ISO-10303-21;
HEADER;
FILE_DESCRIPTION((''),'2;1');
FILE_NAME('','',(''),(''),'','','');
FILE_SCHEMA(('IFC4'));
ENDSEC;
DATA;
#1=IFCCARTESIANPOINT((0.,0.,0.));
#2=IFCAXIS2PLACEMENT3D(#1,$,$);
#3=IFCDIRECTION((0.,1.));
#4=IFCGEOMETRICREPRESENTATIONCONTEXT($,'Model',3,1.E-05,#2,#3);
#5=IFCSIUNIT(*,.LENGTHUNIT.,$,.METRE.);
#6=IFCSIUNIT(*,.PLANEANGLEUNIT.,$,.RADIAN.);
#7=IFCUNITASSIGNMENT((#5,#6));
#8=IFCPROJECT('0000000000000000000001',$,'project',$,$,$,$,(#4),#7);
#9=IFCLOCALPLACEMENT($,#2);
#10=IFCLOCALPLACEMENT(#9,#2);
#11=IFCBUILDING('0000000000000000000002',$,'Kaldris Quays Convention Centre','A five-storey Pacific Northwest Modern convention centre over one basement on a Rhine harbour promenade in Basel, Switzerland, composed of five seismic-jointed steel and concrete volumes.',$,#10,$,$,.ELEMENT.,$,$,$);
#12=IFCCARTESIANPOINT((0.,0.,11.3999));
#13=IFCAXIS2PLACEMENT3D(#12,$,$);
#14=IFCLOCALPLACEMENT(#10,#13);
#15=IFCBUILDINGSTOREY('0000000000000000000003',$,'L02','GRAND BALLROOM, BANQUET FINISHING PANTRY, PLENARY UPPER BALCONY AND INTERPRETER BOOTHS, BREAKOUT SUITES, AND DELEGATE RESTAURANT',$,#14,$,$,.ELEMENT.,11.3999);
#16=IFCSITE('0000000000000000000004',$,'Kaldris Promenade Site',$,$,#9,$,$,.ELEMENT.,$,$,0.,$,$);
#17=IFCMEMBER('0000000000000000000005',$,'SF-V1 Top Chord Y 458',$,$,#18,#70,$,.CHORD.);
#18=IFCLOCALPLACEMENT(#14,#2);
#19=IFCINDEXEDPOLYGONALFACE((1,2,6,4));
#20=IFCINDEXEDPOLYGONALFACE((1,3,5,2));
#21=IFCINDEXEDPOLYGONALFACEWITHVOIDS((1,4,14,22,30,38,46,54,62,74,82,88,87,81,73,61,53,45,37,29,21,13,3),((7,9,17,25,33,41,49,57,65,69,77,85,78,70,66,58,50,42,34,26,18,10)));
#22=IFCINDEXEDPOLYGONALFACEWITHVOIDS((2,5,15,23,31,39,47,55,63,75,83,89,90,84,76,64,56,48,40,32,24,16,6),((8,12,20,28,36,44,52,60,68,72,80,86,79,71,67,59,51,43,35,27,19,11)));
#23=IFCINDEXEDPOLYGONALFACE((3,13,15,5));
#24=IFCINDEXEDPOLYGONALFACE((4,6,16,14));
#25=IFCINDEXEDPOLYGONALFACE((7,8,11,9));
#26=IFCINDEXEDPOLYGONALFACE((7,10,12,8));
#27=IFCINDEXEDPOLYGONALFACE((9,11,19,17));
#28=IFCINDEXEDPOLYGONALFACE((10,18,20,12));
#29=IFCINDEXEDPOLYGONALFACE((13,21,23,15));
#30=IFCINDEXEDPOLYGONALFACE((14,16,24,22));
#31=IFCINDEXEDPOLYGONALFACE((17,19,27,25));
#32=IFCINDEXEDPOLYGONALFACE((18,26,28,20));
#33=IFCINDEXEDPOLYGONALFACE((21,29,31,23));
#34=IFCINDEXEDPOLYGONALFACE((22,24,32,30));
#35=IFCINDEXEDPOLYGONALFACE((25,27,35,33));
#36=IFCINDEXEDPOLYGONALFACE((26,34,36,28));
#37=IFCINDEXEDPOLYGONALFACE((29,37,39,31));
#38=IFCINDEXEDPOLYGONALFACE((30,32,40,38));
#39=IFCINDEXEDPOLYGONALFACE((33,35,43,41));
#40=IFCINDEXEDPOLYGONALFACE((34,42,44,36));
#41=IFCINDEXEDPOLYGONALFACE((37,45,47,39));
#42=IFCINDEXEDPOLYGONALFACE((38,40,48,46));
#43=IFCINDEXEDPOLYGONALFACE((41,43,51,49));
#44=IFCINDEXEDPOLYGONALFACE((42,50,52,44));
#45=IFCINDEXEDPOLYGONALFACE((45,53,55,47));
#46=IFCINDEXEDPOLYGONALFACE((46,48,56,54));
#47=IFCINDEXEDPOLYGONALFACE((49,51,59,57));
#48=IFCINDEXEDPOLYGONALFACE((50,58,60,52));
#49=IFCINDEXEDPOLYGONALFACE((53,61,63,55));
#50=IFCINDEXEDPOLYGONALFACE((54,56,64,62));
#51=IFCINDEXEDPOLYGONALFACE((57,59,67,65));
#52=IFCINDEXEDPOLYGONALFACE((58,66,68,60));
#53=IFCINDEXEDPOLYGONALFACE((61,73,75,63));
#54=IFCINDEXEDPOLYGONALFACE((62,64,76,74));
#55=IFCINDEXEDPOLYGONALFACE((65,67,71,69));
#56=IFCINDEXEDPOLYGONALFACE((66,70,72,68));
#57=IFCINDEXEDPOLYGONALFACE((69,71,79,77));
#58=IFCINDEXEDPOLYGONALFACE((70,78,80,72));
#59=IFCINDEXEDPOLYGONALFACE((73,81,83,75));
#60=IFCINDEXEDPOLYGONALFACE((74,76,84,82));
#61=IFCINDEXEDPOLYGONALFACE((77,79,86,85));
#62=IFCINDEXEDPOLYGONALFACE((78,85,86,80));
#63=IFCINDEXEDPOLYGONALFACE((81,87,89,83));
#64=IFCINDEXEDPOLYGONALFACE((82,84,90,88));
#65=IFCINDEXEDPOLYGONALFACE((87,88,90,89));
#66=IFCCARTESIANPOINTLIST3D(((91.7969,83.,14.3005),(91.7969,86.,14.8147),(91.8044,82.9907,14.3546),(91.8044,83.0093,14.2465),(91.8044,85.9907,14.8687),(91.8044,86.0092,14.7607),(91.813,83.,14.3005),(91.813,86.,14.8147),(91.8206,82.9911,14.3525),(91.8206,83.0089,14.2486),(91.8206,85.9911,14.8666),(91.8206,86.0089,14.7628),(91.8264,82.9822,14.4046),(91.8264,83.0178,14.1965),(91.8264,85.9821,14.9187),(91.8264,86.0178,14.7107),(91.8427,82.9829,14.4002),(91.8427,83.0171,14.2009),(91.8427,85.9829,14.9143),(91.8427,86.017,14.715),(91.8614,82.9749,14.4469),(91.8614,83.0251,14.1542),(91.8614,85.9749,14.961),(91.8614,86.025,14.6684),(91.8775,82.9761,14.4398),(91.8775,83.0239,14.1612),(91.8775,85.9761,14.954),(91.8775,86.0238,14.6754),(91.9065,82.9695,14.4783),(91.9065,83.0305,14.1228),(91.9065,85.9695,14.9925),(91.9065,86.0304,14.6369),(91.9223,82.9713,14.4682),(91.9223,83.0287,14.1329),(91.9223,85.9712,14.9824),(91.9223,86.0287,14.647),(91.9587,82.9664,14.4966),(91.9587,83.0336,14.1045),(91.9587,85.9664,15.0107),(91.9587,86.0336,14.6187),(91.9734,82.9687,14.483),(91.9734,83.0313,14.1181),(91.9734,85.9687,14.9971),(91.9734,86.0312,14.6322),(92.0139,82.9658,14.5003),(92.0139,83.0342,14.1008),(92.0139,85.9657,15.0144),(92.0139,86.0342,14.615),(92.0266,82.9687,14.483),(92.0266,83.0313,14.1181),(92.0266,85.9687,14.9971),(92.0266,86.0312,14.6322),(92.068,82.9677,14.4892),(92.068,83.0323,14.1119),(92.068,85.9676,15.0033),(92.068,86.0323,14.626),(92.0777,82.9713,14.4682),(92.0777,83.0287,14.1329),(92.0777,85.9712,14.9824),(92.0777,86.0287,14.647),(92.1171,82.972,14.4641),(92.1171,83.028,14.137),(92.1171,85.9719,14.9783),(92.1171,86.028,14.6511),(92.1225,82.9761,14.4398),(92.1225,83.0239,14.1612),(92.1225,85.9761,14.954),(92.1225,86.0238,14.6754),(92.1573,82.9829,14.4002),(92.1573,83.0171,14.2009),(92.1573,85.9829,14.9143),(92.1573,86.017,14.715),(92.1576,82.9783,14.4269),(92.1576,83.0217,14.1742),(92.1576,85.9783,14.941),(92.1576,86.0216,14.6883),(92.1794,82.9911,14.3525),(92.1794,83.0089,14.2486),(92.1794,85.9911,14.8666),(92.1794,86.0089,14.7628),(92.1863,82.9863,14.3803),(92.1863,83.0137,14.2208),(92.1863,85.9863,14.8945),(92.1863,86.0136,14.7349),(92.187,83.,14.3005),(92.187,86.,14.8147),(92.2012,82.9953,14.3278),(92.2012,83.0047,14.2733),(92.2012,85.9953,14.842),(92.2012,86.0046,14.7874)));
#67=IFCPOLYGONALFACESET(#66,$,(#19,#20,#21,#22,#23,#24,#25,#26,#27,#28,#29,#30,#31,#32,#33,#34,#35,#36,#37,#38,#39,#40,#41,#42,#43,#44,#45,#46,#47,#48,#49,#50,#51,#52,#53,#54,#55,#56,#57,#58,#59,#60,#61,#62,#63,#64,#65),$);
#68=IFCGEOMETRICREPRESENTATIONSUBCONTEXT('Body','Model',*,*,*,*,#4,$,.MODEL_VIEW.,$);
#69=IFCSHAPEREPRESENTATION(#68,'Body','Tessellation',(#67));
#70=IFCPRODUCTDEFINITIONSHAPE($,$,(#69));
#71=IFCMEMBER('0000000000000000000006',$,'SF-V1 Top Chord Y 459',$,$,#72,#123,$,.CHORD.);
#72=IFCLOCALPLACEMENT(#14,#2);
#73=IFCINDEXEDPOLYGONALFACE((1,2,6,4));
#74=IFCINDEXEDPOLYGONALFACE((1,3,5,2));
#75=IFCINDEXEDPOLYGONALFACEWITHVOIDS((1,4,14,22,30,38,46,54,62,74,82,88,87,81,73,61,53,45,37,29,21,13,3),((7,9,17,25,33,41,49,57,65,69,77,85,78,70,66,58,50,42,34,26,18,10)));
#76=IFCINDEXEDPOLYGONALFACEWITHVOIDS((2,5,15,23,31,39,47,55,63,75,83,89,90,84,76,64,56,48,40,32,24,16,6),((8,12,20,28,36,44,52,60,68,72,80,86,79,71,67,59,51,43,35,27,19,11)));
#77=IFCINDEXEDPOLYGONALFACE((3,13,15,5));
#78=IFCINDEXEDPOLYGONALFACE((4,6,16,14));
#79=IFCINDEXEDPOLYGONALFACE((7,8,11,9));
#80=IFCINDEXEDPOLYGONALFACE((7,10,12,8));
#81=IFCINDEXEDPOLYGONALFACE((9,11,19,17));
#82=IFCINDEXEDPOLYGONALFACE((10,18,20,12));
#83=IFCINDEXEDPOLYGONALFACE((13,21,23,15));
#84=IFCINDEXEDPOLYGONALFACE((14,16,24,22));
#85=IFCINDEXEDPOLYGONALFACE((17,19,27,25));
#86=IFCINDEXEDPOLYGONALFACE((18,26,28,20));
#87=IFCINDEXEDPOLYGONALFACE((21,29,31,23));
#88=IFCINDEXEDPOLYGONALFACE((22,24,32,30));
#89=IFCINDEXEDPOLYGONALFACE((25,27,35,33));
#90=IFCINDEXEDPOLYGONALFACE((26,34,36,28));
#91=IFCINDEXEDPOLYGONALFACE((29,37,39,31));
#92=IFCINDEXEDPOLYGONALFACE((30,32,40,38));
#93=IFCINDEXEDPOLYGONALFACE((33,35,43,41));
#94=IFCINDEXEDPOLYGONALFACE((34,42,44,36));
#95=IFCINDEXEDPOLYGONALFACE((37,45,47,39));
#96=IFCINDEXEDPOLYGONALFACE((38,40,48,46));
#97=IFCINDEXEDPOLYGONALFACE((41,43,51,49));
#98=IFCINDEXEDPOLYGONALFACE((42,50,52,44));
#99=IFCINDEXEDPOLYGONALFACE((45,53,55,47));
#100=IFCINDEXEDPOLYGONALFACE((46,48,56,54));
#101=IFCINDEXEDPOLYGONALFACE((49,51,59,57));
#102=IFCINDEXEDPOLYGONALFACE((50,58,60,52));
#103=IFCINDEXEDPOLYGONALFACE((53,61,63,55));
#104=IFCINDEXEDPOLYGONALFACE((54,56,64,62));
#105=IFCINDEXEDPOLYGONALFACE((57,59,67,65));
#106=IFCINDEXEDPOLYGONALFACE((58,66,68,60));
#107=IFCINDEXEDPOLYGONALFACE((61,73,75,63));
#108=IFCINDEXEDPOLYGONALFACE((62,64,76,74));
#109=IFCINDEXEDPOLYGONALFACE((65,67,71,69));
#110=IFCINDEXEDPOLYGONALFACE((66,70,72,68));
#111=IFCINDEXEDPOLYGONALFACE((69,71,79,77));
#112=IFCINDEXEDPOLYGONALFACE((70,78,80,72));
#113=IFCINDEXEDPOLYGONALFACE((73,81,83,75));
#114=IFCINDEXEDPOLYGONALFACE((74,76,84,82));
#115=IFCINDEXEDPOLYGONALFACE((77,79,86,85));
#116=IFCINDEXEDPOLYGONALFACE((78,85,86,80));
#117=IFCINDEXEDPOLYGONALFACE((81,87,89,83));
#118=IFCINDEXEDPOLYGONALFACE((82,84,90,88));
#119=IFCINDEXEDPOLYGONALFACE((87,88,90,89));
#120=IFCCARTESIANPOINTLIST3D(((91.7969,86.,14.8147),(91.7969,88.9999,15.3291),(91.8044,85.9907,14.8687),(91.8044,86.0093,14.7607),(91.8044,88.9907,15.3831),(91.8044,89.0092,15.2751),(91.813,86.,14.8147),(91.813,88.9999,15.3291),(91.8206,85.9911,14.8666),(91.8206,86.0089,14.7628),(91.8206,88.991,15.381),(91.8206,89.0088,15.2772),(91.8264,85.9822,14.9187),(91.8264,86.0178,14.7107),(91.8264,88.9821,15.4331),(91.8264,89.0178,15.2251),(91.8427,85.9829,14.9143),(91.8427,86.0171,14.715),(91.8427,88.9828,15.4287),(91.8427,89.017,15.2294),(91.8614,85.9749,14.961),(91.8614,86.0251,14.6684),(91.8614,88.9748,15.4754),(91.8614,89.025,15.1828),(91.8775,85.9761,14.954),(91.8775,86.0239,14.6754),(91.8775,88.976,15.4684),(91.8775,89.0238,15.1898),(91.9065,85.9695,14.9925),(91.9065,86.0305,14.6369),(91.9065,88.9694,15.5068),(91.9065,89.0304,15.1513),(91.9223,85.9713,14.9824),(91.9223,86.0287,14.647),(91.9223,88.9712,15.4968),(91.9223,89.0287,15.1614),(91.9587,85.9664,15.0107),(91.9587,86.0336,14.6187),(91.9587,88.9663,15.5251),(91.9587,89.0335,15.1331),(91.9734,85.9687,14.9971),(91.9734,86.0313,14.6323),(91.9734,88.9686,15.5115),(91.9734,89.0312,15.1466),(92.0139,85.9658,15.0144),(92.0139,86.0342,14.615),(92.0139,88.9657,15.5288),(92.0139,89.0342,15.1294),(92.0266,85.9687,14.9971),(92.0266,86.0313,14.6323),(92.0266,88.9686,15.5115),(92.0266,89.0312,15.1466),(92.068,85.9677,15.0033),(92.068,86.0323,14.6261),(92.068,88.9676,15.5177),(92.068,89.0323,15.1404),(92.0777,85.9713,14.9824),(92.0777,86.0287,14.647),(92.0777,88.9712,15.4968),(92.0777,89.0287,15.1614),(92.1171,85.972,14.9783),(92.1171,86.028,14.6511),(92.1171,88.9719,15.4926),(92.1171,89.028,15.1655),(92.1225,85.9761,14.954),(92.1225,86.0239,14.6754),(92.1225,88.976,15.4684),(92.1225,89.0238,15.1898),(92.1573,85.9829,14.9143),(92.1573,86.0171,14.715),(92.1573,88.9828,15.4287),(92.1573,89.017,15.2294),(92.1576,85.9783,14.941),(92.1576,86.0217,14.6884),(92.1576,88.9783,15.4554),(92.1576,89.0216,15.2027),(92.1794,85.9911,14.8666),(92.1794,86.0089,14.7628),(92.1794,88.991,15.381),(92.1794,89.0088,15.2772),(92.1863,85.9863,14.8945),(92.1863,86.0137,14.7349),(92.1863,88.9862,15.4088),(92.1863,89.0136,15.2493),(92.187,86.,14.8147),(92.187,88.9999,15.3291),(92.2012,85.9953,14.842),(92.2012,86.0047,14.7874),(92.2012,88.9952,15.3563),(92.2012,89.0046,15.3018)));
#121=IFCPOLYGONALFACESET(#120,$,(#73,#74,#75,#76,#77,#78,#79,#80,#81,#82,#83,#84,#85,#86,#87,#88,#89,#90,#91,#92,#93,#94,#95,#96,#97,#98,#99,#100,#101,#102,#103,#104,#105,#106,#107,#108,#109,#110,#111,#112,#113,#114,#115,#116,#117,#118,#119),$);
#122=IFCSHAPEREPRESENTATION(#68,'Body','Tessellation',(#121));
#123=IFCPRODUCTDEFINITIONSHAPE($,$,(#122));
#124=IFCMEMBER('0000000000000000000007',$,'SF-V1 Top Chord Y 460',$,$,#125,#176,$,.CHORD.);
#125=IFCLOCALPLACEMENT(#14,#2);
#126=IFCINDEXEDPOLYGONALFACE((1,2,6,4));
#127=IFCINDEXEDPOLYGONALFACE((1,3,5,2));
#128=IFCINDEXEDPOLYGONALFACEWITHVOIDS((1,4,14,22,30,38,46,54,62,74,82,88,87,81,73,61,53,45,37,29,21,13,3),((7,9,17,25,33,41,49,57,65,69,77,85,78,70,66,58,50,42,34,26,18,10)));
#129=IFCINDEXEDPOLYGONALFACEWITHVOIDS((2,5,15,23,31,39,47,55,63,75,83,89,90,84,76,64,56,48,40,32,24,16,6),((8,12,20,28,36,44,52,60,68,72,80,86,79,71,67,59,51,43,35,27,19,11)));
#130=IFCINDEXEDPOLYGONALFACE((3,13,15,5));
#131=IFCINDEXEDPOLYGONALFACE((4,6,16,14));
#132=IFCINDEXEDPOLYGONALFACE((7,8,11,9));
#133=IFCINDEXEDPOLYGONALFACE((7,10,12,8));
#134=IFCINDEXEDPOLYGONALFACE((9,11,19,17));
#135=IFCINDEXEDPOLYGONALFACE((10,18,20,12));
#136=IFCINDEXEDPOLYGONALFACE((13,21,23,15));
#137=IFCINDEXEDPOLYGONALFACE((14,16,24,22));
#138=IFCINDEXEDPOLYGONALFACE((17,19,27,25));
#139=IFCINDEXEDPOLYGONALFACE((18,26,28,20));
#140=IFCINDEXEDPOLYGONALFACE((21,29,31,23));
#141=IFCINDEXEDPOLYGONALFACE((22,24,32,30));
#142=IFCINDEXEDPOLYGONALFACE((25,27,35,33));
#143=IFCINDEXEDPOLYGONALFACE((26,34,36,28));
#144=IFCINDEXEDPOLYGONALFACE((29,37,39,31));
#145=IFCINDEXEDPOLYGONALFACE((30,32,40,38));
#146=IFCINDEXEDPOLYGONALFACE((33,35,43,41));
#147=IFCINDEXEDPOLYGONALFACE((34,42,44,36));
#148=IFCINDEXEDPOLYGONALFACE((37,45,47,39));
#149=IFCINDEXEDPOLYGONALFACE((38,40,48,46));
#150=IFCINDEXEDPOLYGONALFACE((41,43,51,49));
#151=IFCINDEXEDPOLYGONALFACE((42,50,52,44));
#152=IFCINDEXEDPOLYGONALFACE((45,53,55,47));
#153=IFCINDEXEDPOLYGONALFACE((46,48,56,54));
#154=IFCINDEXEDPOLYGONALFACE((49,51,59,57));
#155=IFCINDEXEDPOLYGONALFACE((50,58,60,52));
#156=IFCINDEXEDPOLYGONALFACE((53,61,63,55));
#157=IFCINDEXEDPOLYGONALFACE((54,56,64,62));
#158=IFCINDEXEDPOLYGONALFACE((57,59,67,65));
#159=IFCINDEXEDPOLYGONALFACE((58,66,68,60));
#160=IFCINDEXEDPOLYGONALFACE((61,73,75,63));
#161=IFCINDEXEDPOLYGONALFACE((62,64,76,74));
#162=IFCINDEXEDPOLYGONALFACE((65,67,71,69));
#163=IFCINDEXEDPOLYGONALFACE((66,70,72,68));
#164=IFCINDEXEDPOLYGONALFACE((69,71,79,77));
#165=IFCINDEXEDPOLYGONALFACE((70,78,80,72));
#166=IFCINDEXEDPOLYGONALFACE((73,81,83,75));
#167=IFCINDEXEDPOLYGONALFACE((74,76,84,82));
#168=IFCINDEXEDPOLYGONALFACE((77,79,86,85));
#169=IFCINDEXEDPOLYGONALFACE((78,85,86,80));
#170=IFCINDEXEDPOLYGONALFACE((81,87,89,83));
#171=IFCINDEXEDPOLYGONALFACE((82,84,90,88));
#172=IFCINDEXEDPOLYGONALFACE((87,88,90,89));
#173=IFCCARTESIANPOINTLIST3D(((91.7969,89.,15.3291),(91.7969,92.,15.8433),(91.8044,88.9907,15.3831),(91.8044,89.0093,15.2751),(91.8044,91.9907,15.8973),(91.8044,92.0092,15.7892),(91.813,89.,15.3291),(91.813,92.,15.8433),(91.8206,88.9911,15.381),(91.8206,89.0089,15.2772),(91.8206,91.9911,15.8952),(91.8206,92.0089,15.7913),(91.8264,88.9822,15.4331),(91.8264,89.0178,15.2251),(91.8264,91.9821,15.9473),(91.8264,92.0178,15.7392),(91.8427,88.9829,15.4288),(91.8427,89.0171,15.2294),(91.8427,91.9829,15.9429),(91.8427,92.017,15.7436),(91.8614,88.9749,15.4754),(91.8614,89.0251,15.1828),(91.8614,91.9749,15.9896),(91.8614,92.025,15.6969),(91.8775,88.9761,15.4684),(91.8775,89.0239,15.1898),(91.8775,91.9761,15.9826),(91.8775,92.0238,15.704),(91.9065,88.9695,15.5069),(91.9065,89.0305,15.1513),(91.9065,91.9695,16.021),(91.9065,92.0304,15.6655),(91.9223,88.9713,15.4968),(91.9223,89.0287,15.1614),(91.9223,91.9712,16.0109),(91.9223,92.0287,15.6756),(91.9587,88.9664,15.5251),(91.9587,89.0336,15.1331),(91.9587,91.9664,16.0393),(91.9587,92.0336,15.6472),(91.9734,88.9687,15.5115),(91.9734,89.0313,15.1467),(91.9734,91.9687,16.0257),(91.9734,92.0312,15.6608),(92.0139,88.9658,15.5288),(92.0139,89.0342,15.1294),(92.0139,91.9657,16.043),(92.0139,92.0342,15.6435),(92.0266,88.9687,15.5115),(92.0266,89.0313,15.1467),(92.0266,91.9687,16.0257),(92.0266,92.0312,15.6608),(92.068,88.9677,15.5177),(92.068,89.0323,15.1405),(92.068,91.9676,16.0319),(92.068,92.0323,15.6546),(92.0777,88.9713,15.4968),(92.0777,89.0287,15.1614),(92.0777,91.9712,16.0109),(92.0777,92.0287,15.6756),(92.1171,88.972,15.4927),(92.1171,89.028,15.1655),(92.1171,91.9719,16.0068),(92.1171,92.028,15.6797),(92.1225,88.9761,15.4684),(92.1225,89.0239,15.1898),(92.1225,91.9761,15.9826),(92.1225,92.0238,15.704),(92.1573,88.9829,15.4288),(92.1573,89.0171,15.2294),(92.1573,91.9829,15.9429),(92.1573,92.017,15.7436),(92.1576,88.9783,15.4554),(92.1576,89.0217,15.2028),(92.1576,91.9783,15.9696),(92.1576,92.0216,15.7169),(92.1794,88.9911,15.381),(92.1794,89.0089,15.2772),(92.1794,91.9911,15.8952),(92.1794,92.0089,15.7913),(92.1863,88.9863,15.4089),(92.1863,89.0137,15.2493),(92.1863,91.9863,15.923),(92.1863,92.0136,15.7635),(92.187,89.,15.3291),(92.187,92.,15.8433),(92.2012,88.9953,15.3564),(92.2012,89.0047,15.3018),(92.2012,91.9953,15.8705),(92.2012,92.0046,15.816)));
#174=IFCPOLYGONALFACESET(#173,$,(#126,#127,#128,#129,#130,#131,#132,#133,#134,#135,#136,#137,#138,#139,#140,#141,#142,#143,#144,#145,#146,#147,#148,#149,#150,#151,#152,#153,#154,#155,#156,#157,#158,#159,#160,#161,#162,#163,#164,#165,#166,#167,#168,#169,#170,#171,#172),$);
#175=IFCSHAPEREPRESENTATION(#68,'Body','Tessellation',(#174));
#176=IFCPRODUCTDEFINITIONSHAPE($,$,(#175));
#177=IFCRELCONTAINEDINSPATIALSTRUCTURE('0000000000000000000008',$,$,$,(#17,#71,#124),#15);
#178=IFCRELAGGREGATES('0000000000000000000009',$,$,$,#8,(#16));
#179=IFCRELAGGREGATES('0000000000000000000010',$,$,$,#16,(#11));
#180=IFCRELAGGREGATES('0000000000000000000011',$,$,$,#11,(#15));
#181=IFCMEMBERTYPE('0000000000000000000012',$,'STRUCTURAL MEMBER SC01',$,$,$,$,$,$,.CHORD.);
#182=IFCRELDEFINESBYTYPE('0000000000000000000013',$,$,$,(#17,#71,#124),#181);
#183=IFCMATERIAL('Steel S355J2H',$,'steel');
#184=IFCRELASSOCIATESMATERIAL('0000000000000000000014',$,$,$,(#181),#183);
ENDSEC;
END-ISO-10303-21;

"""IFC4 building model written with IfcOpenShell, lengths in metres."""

from ifc_helpers import new_model, si_unit, direction, frame, origin, origin_2d, place, context, subcontext, project, spatial, hollow_circle, extrude, material, material_profile, profile_set, type_object, element, save


model = new_model("IFC4")

# Units and contexts
model_context = context("Model", 3, precision=1e-05, world=origin(), true_north=direction((0.0, 1.0)))
body_context = subcontext(model_context, "Body", "Model", "MODEL_VIEW")
ifc_project = project(units=[si_unit("LENGTHUNIT", "METRE"), si_unit("PLANEANGLEUNIT", "RADIAN")], contexts=[model_context])

# Site, building, storey
site_placement = place(None, origin())
site = spatial("IfcSite", under=ifc_project, at=site_placement, Name="Kaldris Promenade Site", CompositionType="ELEMENT", RefElevation=0.0)
building_placement = place(site_placement, origin())
building = spatial("IfcBuilding", under=site, at=building_placement, Name="Kaldris Quays Convention Centre", Description="A five-storey Pacific Northwest Modern convention centre over one basement on a Rhine harbour promenade in Basel, Switzerland, composed of five seismic-jointed steel and concrete volumes.", CompositionType="ELEMENT")
storey_placement = place(building_placement, frame((0.0, 0.0, 11.3999)))
storey = spatial("IfcBuildingStorey", under=building, at=storey_placement, Name="L02", Description="GRAND BALLROOM, BANQUET FINISHING PANTRY, PLENARY UPPER BALCONY AND INTERPRETER BOOTHS, BREAKOUT SUITES, AND DELEGATE RESTAURANT", CompositionType="ELEMENT", Elevation=11.3999)

# Members
ifc_material = material(Name="Steel S355J2H", Category="steel")
ifc_material_profile_1 = material_profile(ifc_material, hollow_circle(Radius=0.2031, WallThickness=0.0161, at=origin_2d()), Name="CHS 406.4x16")
ifc_profile_set_1 = profile_set([ifc_material_profile_1], Name="Steel S355J2H")
member_type_1 = type_object("IfcMemberType", Name="STRUCTURAL MEMBER SC01", PredefinedType="CHORD", material=ifc_profile_set_1)
for number, where, z_axis, x_axis, name in (
    (1, (92.0, 83.0, 14.3005), (0.0, 0.985629, 0.168924), (-1.0, 0.0, 0.0), "SF-V1 Top Chord Y 458"),
    (2, (92.0, 86.0, 14.8147), (0.0, 0.985616, 0.169002), (-1.0, 0.0, 0.0), "SF-V1 Top Chord Y 459"),
    (3, (92.0, 89.0, 15.3291), (0.0, 0.985629, 0.168924), (-1.0, 0.0, 0.0), "SF-V1 Top Chord Y 460"),
):
    element("IfcMember", number, at=place(storey_placement, frame(where, z_axis=z_axis, x_axis=x_axis)), inside=storey, type_object=member_type_1, Name=name, PredefinedType="CHORD", context=body_context, shape_type="SweptSolid", body=[
        extrude(hollow_circle(Radius=0.2031, WallThickness=0.0161, at=origin_2d()), origin(), (0.0, 0.0, 1.0), 3.0437),
    ])

save(model, "model.ifc")
